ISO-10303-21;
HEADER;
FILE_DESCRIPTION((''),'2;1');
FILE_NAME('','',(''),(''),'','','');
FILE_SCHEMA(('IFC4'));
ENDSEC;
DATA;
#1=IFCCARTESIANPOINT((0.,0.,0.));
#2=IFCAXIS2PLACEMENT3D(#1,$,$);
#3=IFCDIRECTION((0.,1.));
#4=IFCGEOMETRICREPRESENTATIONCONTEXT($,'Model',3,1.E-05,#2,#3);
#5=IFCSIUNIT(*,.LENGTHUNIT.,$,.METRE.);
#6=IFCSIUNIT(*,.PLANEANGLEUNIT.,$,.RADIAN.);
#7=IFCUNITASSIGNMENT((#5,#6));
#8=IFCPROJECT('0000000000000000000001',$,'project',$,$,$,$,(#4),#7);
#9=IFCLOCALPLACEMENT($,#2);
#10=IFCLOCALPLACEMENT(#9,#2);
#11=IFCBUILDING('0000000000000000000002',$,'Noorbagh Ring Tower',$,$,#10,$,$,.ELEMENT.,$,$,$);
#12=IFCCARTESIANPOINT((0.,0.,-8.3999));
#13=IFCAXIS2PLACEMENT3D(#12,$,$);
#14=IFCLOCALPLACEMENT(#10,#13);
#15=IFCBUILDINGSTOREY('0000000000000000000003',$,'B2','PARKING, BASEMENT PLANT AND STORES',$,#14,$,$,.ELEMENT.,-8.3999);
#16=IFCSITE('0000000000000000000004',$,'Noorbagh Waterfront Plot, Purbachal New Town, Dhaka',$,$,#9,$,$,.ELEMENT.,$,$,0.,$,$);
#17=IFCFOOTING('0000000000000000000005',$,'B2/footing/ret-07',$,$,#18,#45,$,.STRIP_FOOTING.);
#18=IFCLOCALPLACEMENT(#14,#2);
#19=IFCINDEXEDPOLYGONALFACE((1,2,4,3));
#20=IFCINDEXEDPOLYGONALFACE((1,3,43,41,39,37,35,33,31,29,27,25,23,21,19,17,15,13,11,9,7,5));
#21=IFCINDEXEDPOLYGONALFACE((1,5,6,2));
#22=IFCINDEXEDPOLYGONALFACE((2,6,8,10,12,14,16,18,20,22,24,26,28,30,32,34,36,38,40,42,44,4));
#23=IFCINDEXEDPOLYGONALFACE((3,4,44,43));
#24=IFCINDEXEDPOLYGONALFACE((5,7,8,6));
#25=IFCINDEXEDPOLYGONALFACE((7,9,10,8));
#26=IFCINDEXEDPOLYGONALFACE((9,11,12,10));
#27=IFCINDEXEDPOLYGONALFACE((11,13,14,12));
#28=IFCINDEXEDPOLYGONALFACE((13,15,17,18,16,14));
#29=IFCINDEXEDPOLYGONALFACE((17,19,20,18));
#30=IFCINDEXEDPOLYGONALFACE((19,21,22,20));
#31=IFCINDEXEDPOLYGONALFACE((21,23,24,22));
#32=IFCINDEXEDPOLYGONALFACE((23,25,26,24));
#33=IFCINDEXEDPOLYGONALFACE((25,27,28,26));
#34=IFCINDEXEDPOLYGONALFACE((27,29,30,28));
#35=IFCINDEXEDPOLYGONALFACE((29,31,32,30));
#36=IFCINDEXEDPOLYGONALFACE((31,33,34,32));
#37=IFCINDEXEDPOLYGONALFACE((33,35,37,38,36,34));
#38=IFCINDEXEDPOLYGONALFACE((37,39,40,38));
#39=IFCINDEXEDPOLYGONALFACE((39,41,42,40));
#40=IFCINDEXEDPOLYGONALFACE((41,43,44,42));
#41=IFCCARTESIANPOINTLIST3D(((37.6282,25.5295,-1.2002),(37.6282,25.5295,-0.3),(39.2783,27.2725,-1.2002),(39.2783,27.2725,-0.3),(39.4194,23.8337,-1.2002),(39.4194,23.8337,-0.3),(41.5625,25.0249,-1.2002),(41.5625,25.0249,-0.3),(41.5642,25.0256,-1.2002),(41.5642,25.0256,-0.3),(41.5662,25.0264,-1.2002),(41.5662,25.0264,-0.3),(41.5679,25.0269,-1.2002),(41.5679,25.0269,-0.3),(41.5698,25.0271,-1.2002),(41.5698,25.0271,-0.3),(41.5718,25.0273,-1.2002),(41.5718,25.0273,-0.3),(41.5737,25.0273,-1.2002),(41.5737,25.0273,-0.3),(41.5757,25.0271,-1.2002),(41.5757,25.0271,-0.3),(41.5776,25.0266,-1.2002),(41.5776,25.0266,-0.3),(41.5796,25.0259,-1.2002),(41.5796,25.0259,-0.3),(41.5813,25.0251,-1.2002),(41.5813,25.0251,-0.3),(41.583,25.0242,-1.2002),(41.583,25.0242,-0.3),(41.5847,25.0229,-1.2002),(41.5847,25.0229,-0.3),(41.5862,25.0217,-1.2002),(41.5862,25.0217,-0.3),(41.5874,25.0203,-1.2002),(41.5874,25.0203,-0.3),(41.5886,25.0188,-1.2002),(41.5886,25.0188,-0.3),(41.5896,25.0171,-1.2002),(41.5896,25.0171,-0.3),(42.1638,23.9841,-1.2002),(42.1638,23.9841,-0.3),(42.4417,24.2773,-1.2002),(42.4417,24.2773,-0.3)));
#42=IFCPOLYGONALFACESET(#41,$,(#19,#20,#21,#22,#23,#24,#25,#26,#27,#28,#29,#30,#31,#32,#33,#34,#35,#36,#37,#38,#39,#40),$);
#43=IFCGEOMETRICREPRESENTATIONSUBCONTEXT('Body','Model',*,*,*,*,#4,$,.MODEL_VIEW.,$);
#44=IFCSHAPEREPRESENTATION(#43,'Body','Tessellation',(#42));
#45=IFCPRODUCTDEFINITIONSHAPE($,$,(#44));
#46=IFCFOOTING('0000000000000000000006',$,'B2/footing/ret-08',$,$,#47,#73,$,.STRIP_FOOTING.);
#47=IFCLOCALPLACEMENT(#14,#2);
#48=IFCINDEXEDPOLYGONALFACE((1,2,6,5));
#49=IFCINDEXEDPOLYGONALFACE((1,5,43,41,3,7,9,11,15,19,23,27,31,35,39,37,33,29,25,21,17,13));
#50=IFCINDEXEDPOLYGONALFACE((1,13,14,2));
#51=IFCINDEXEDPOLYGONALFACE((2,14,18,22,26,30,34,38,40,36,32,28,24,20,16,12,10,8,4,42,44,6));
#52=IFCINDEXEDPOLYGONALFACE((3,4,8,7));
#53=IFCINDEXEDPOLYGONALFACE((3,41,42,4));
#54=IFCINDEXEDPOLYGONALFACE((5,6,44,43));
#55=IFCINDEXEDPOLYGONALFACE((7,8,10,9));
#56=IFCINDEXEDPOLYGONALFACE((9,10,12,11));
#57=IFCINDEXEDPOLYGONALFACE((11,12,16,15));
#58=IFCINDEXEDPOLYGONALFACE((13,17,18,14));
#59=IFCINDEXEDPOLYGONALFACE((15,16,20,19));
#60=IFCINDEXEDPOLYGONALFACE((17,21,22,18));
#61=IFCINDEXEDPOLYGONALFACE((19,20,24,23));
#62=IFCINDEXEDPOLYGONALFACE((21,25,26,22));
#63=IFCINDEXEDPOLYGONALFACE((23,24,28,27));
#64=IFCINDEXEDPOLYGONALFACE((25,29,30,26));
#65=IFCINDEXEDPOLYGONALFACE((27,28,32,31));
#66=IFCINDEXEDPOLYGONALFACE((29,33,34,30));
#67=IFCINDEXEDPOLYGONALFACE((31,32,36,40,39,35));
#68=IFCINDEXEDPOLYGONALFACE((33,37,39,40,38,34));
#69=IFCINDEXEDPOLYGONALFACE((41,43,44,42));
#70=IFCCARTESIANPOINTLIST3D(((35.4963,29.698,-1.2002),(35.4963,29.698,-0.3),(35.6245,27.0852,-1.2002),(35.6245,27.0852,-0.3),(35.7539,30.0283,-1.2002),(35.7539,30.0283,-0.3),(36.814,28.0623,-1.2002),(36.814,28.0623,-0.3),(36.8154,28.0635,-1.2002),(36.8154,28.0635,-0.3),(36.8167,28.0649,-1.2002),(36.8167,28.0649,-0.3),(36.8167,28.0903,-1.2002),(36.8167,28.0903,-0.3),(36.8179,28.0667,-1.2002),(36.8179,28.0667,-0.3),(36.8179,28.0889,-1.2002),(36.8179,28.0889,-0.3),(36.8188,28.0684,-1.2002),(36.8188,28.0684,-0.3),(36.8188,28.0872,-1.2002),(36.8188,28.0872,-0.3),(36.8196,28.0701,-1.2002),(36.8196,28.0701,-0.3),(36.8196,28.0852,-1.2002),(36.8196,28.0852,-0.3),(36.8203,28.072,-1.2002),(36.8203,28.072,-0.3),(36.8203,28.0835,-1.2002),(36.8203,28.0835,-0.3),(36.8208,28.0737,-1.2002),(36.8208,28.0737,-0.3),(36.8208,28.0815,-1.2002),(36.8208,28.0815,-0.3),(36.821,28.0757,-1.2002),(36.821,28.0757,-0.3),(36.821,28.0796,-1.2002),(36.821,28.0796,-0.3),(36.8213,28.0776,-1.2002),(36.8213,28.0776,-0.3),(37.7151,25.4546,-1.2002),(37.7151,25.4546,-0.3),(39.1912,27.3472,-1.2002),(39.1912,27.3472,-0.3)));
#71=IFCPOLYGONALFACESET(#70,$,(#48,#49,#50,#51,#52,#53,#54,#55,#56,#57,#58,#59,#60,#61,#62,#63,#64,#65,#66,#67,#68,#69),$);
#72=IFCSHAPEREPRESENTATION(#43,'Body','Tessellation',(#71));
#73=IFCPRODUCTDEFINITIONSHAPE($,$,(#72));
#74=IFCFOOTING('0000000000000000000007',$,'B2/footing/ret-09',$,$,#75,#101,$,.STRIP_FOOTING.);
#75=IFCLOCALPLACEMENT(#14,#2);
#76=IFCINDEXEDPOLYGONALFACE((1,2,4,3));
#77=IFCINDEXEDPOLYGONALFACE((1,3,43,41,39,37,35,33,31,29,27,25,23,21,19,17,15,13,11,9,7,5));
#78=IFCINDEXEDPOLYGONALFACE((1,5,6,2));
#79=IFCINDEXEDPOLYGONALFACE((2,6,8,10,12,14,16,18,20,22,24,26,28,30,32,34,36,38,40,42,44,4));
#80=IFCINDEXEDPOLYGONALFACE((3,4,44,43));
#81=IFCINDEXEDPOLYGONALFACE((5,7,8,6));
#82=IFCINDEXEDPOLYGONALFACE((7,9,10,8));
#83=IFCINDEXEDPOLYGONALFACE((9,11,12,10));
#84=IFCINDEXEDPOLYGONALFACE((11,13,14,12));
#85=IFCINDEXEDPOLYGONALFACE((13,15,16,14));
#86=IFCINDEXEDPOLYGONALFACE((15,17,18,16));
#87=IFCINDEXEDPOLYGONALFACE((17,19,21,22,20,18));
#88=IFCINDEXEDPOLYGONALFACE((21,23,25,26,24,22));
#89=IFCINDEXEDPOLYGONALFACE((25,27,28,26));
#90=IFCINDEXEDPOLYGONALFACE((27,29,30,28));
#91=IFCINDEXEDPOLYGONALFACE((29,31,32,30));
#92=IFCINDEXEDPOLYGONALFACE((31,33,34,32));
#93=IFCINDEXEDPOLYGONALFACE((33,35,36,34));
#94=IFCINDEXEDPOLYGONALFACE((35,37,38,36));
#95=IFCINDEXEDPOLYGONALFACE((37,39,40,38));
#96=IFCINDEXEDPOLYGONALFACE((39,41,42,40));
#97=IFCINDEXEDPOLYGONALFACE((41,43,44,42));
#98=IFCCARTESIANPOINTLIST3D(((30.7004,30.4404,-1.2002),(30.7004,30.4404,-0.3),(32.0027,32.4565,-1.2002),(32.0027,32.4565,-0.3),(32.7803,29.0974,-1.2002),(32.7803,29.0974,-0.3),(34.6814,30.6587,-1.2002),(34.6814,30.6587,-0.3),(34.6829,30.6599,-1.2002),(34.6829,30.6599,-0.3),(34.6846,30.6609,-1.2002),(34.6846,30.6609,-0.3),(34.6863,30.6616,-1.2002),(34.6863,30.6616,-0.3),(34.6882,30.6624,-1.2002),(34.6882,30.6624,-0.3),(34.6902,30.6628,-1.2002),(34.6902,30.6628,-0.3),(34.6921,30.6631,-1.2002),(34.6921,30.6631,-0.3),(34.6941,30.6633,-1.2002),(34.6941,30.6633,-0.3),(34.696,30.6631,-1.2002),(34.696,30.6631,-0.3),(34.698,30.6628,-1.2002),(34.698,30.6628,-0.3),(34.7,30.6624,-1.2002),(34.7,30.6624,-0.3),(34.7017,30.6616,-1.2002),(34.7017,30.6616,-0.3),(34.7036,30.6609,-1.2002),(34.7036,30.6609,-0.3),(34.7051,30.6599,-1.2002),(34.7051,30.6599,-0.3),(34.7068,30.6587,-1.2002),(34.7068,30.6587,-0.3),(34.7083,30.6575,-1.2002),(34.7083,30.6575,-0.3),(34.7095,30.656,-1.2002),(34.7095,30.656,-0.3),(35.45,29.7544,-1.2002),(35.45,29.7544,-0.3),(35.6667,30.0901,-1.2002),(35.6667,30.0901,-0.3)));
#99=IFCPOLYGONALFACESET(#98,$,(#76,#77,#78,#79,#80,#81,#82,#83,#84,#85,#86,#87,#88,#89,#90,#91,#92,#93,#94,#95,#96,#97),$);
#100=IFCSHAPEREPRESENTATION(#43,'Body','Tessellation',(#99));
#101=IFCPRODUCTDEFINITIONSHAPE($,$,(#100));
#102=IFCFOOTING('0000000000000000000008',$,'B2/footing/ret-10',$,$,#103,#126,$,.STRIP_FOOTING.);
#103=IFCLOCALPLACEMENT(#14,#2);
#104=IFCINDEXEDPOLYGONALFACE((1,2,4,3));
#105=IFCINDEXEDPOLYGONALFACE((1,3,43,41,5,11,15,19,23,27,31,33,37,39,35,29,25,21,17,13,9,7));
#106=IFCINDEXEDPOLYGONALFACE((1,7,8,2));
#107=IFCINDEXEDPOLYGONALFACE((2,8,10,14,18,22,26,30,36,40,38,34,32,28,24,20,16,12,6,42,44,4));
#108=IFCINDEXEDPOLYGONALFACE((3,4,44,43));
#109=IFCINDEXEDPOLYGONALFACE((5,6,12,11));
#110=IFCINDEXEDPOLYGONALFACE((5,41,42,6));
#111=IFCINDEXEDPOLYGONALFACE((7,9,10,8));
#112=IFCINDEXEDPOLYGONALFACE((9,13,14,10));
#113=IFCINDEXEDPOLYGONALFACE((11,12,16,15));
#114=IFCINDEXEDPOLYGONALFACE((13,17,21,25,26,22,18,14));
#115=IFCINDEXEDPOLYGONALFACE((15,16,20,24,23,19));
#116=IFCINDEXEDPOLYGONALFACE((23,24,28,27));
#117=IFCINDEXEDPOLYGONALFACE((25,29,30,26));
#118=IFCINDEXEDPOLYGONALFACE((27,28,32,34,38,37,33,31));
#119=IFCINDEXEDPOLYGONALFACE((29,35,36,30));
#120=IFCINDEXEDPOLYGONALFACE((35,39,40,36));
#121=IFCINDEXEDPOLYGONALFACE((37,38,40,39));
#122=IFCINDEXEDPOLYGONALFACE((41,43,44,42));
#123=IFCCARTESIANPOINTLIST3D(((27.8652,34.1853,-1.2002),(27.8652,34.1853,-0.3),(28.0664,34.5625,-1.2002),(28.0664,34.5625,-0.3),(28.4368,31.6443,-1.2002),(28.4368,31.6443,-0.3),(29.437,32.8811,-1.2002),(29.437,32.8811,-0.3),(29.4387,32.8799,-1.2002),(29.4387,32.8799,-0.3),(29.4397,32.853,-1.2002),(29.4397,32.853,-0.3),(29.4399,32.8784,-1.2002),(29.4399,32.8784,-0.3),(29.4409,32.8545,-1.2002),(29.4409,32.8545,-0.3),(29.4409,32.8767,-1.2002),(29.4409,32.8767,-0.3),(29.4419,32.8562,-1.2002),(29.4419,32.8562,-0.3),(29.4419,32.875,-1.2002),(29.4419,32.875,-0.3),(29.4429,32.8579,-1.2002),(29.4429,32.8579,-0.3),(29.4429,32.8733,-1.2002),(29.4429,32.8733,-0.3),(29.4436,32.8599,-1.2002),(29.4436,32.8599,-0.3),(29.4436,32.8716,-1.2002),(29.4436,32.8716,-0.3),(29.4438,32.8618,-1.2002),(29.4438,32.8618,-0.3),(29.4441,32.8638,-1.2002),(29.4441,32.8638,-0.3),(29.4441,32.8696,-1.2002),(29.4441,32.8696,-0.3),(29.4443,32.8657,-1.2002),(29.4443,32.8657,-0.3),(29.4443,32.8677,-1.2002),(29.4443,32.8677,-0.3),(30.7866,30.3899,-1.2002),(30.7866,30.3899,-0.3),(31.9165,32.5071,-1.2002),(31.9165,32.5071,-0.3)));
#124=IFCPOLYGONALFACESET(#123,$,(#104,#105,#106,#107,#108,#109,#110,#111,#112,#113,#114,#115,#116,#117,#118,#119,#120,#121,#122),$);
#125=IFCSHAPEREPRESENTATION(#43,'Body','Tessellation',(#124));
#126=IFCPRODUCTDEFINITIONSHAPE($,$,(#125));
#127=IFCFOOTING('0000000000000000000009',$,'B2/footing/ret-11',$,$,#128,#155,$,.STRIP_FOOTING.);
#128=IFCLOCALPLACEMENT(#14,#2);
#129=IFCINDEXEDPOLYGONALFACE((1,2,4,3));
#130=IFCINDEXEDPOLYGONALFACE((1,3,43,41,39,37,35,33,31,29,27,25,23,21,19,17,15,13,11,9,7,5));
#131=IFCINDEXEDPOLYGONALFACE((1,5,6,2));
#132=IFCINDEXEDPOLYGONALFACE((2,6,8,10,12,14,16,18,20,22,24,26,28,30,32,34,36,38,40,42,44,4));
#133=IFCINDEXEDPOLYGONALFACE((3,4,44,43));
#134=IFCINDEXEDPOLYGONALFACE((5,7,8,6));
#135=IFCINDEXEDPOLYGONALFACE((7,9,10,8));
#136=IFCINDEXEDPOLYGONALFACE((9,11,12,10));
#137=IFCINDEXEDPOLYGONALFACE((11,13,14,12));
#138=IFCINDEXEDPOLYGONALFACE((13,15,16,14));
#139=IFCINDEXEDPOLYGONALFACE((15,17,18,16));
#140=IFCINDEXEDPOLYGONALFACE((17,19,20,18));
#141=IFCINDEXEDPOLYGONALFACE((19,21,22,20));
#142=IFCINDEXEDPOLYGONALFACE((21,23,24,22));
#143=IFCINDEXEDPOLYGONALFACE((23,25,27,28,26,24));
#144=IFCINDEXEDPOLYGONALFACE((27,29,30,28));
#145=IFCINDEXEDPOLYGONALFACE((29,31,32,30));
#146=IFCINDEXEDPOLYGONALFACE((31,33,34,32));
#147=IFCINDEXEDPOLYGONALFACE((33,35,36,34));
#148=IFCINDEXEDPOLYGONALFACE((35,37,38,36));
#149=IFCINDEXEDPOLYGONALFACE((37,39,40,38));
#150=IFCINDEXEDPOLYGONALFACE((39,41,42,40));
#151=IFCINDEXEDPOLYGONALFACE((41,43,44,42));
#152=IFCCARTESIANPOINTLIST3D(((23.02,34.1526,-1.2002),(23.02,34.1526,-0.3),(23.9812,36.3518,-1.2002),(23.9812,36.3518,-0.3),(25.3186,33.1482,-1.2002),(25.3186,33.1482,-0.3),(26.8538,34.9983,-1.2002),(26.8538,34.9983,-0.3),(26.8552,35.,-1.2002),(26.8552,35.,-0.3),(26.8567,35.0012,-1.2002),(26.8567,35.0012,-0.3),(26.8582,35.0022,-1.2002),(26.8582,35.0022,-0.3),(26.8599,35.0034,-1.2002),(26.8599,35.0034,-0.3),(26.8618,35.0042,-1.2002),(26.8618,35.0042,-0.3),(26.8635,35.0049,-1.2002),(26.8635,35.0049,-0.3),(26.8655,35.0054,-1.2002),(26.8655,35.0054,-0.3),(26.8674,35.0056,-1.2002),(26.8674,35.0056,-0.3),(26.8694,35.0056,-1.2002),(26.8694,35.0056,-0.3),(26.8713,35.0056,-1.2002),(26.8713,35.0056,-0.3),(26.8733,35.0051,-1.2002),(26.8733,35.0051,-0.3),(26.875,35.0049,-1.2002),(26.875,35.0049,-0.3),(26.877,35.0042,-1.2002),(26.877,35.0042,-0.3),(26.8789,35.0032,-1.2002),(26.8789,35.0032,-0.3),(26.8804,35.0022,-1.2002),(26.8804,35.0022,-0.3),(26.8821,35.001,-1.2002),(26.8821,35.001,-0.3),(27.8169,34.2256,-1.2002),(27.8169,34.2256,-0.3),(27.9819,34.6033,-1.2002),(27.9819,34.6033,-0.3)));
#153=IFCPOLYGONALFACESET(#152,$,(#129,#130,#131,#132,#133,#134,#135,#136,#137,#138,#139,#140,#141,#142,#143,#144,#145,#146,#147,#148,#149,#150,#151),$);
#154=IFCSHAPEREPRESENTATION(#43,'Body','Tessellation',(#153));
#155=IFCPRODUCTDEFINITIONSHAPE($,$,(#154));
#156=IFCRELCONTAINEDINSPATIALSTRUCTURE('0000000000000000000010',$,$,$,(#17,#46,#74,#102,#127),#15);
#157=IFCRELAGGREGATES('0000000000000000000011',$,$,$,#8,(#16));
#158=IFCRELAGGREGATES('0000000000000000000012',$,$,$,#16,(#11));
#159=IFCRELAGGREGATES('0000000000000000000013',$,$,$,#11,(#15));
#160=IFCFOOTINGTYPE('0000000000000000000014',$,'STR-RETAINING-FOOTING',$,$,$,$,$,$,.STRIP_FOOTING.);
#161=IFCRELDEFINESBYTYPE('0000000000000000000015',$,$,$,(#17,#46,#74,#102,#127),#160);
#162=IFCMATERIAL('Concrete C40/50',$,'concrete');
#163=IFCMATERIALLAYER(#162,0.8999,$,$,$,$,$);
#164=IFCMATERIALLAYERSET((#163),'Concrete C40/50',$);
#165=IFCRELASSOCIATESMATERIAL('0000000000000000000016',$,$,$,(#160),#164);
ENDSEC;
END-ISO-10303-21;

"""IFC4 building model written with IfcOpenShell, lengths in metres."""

from ifc_helpers import new_model, si_unit, direction, frame, origin, place, context, subcontext, project, spatial, polyline, outline, extrude, material, layer, layer_set, type_object, element, save


model = new_model("IFC4")

# Units and contexts
model_context = context("Model", 3, precision=1e-05, world=origin(), true_north=direction((0.0, 1.0)))
body_context = subcontext(model_context, "Body", "Model", "MODEL_VIEW")
ifc_project = project(units=[si_unit("LENGTHUNIT", "METRE"), si_unit("PLANEANGLEUNIT", "RADIAN")], contexts=[model_context])

# Site, building, storey
site_placement = place(None, origin())
site = spatial("IfcSite", under=ifc_project, at=site_placement, Name="Noorbagh Waterfront Plot, Purbachal New Town, Dhaka", CompositionType="ELEMENT", RefElevation=0.0)
building_placement = place(site_placement, origin())
building = spatial("IfcBuilding", under=site, at=building_placement, Name="Noorbagh Ring Tower", CompositionType="ELEMENT")
storey_placement = place(building_placement, frame((0.0, 0.0, -8.3999)))
storey = spatial("IfcBuildingStorey", under=building, at=storey_placement, Name="B2", Description="PARKING, BASEMENT PLANT AND STORES", CompositionType="ELEMENT", Elevation=-8.3999)

# Footings
ifc_material_1 = material(Name="Concrete C40/50", Category="concrete")
ifc_layer_1 = layer(ifc_material_1, 0.8999)
ifc_layer_set_1 = layer_set([ifc_layer_1], Name="Concrete C40/50")
footing_type = type_object("IfcFootingType", Name="STR-RETAINING-FOOTING", PredefinedType="STRIP_FOOTING", material=ifc_layer_set_1)
footing_1_placement = place(storey_placement, frame((0.0, 0.0, -1.2002)))
element("IfcFooting", 1, at=footing_1_placement, inside=storey, type_object=footing_type, Name="B2/footing/ret-07", PredefinedType="STRIP_FOOTING", context=body_context, shape_type="SweptSolid", body=[
    extrude(outline(polyline([(39.2783, 27.2725), (42.4417, 24.2773), (42.1638, 23.9841), (41.5896, 25.0171), (41.5886, 25.0188), (41.5874, 25.0203), (41.5862, 25.0217), (41.5847, 25.0229), (41.583, 25.0242), (41.5813, 25.0251), (41.5796, 25.0259), (41.5776, 25.0266), (41.5757, 25.0271), (41.5737, 25.0273), (41.5718, 25.0273), (41.5698, 25.0271), (41.5679, 25.0269), (41.5662, 25.0264), (41.5642, 25.0256), (41.5625, 25.0249), (39.4194, 23.8337), (37.6282, 25.5295), (39.2783, 27.2725)])), origin(), (0.0, 0.0, 1.0), 0.9001),
])
footing_2_placement = place(storey_placement, frame((0.0, 0.0, -1.2002)))
element("IfcFooting", 2, at=footing_2_placement, inside=storey, type_object=footing_type, Name="B2/footing/ret-08", PredefinedType="STRIP_FOOTING", context=body_context, shape_type="SweptSolid", body=[
    extrude(outline(polyline([(35.7539, 30.0283), (39.1912, 27.3472), (37.7151, 25.4546), (35.6245, 27.0852), (36.814, 28.0623), (36.8154, 28.0635), (36.8167, 28.0649), (36.8179, 28.0667), (36.8188, 28.0684), (36.8196, 28.0701), (36.8203, 28.072), (36.8208, 28.0737), (36.821, 28.0757), (36.8213, 28.0776), (36.821, 28.0796), (36.8208, 28.0815), (36.8203, 28.0835), (36.8196, 28.0852), (36.8188, 28.0872), (36.8179, 28.0889), (36.8167, 28.0903), (35.4963, 29.698), (35.7539, 30.0283)])), origin(), (0.0, 0.0, 1.0), 0.9001),
])
footing_3_placement = place(storey_placement, frame((0.0, 0.0, -1.2002)))
element("IfcFooting", 3, at=footing_3_placement, inside=storey, type_object=footing_type, Name="B2/footing/ret-09", PredefinedType="STRIP_FOOTING", context=body_context, shape_type="SweptSolid", body=[
    extrude(outline(polyline([(32.0027, 32.4565), (35.6667, 30.0901), (35.45, 29.7544), (34.7095, 30.656), (34.7083, 30.6575), (34.7068, 30.6587), (34.7051, 30.6599), (34.7036, 30.6609), (34.7017, 30.6616), (34.7, 30.6624), (34.698, 30.6628), (34.696, 30.6631), (34.6941, 30.6633), (34.6921, 30.6631), (34.6902, 30.6628), (34.6882, 30.6624), (34.6863, 30.6616), (34.6846, 30.6609), (34.6829, 30.6599), (34.6814, 30.6587), (32.7803, 29.0974), (30.7004, 30.4404), (32.0027, 32.4565)])), origin(), (0.0, 0.0, 1.0), 0.9001),
])
footing_4_placement = place(storey_placement, frame((0.0, 0.0, -1.2002)))
element("IfcFooting", 4, at=footing_4_placement, inside=storey, type_object=footing_type, Name="B2/footing/ret-10", PredefinedType="STRIP_FOOTING", context=body_context, shape_type="SweptSolid", body=[
    extrude(outline(polyline([(28.0664, 34.5625), (31.9165, 32.5071), (30.7866, 30.3899), (28.4368, 31.6443), (29.4397, 32.853), (29.4409, 32.8545), (29.4419, 32.8562), (29.4429, 32.8579), (29.4436, 32.8599), (29.4438, 32.8618), (29.4441, 32.8638), (29.4443, 32.8657), (29.4443, 32.8677), (29.4441, 32.8696), (29.4436, 32.8716), (29.4429, 32.8733), (29.4419, 32.875), (29.4409, 32.8767), (29.4399, 32.8784), (29.4387, 32.8799), (29.437, 32.8811), (27.8652, 34.1853), (28.0664, 34.5625)])), origin(), (0.0, 0.0, 1.0), 0.9001),
])
footing_5_placement = place(storey_placement, frame((0.0, 0.0, -1.2002)))
element("IfcFooting", 5, at=footing_5_placement, inside=storey, type_object=footing_type, Name="B2/footing/ret-11", PredefinedType="STRIP_FOOTING", context=body_context, shape_type="SweptSolid", body=[
    extrude(outline(polyline([(23.9812, 36.3518), (27.9819, 34.6033), (27.8169, 34.2256), (26.8821, 35.001), (26.8804, 35.0022), (26.8789, 35.0032), (26.877, 35.0042), (26.875, 35.0049), (26.8733, 35.0051), (26.8713, 35.0056), (26.8694, 35.0056), (26.8674, 35.0056), (26.8655, 35.0054), (26.8635, 35.0049), (26.8618, 35.0042), (26.8599, 35.0034), (26.8582, 35.0022), (26.8567, 35.0012), (26.8552, 35.0), (26.8538, 34.9983), (25.3186, 33.1482), (23.02, 34.1526), (23.9812, 36.3518)])), origin(), (0.0, 0.0, 1.0), 0.9001),
])

save(model, "model.ifc")
